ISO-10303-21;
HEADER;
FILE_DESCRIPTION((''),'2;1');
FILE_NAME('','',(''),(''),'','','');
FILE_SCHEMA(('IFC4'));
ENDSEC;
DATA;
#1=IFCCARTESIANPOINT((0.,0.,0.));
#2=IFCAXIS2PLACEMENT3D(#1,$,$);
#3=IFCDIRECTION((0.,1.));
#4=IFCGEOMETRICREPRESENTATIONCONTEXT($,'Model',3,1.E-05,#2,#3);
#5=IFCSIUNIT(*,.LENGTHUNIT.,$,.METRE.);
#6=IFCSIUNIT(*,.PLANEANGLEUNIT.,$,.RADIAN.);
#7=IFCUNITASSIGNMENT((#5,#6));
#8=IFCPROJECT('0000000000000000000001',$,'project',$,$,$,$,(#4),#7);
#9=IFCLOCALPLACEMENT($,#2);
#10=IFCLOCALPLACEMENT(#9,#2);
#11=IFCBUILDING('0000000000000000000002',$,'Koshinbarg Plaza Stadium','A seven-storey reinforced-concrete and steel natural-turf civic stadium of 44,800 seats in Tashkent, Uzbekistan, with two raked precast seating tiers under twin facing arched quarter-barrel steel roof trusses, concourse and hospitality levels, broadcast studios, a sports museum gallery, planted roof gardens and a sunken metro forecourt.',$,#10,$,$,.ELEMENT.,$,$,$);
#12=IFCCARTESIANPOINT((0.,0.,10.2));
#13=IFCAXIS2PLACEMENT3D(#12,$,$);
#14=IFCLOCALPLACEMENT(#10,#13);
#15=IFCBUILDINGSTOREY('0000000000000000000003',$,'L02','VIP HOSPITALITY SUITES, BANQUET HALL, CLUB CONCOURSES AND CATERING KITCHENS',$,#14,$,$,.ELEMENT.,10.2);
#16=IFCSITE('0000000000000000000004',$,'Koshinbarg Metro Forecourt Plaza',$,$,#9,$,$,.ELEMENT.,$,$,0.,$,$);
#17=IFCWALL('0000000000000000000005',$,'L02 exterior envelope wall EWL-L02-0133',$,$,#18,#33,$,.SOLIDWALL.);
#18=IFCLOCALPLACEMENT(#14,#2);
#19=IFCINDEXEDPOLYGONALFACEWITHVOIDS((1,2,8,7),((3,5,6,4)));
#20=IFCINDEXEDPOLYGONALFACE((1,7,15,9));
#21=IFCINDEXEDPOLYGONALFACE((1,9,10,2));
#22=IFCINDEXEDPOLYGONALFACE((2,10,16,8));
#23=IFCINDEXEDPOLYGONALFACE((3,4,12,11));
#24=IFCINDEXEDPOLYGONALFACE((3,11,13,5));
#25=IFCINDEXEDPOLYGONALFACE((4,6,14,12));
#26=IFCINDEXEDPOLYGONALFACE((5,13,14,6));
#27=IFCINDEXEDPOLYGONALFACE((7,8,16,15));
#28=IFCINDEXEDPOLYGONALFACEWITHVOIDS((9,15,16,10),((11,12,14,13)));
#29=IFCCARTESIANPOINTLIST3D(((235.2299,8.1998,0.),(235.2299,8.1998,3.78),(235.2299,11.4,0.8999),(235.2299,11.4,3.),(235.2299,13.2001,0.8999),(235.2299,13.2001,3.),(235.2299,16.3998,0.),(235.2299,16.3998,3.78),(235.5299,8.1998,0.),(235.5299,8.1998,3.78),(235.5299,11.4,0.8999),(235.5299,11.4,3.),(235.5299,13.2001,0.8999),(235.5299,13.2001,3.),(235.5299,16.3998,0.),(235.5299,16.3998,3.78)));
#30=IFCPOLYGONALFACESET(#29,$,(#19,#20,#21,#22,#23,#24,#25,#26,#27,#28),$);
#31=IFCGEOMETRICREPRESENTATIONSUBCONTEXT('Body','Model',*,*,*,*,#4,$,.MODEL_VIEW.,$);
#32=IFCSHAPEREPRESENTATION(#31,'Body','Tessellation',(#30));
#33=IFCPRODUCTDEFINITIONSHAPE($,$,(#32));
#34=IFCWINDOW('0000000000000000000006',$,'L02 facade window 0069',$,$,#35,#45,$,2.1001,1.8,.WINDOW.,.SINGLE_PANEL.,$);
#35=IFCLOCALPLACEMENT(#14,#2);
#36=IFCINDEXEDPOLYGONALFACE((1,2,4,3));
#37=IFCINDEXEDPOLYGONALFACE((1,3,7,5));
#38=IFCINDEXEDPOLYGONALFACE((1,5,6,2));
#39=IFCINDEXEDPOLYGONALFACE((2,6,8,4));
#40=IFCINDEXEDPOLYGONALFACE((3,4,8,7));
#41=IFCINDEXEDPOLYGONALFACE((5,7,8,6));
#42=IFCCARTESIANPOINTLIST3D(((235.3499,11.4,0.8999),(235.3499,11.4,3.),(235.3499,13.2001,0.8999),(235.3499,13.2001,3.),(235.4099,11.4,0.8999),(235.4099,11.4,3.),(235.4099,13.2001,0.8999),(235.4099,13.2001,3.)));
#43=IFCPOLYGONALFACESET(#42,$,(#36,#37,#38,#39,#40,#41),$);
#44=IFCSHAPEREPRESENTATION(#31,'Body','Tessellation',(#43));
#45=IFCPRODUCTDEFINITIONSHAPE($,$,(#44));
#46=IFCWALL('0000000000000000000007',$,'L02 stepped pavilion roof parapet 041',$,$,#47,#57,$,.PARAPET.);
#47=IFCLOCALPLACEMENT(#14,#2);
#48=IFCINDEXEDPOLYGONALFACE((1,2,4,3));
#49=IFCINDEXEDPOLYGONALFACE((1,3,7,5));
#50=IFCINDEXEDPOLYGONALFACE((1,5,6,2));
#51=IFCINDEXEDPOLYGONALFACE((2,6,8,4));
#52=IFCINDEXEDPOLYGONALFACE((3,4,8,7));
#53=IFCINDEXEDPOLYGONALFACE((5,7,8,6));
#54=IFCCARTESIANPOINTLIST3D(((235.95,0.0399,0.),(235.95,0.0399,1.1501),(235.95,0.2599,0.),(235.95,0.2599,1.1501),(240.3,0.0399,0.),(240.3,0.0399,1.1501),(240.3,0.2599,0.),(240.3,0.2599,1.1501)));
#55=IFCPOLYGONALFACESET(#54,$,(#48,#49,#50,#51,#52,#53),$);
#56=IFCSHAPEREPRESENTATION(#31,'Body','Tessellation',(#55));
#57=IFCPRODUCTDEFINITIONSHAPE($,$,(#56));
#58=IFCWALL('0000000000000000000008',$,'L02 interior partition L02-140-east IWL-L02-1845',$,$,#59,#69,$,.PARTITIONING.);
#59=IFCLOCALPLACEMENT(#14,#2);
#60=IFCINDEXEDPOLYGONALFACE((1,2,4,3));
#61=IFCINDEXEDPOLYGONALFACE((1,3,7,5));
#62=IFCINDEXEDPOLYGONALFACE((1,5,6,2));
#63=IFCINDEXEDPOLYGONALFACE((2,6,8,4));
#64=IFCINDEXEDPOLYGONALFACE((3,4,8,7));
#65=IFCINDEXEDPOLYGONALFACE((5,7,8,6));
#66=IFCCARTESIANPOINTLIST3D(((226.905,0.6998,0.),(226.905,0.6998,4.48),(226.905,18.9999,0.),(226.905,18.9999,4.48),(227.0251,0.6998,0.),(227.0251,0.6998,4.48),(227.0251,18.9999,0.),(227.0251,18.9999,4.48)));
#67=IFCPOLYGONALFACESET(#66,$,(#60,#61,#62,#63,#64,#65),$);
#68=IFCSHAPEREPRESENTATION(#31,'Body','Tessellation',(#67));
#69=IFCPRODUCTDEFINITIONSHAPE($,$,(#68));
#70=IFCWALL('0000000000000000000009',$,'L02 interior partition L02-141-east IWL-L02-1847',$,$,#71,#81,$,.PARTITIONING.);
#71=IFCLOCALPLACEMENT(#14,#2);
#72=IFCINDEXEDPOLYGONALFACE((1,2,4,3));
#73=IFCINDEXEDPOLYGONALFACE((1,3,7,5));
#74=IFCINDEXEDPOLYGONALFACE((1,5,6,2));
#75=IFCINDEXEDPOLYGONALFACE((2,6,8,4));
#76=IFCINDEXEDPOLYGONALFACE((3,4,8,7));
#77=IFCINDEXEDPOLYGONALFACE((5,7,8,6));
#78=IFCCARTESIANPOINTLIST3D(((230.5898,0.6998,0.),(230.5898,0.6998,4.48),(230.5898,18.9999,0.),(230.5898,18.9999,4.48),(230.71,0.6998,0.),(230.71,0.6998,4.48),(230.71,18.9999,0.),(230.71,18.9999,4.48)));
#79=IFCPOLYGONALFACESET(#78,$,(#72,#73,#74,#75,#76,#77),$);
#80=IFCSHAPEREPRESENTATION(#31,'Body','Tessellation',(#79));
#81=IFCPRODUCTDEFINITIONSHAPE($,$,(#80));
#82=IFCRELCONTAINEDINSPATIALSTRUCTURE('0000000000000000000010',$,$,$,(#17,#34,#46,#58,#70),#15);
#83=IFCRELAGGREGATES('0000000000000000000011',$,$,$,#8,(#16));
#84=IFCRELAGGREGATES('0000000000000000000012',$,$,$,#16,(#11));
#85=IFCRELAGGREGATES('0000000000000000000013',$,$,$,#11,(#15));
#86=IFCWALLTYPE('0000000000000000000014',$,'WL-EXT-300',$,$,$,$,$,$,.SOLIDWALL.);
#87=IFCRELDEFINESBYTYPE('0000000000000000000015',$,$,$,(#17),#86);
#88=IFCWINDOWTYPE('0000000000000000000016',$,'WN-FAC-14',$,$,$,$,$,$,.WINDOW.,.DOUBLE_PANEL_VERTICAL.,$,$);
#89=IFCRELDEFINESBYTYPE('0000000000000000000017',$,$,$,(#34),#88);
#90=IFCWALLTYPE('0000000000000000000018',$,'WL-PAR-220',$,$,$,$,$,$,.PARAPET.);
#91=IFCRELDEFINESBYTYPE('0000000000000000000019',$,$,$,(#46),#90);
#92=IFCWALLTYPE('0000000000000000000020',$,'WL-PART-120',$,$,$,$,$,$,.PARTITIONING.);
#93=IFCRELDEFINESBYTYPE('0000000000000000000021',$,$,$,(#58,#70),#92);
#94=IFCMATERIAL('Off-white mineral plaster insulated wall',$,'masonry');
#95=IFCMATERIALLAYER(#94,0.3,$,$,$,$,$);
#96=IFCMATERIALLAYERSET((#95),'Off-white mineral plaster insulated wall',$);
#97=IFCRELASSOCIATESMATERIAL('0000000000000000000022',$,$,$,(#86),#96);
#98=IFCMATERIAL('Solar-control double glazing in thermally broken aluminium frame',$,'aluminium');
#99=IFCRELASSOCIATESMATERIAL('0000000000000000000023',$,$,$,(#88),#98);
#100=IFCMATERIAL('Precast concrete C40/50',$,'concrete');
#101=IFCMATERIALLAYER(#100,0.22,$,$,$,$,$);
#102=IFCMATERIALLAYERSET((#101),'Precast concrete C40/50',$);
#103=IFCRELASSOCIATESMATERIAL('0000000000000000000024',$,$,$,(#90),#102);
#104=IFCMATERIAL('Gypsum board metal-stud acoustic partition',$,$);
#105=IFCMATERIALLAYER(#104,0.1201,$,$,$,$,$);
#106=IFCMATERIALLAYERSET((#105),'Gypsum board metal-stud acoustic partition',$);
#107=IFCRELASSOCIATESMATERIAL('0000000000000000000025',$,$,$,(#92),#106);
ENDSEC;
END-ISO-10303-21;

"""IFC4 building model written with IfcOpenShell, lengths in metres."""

from ifc_helpers import new_model, si_unit, direction, frame, frame_2d, origin, place, context, subcontext, project, spatial, rectangle, extrude, material, layer, layer_set, type_object, element, fill, save


model = new_model("IFC4")

# Units and contexts
model_context = context("Model", 3, precision=1e-05, world=origin(), true_north=direction((0.0, 1.0)))
body_context = subcontext(model_context, "Body", "Model", "MODEL_VIEW")
ifc_project = project(units=[si_unit("LENGTHUNIT", "METRE"), si_unit("PLANEANGLEUNIT", "RADIAN")], contexts=[model_context])

# Site, building, storey
site_placement = place(None, origin())
site = spatial("IfcSite", under=ifc_project, at=site_placement, Name="Koshinbarg Metro Forecourt Plaza", CompositionType="ELEMENT", RefElevation=0.0)
building_placement = place(site_placement, origin())
building = spatial("IfcBuilding", under=site, at=building_placement, Name="Koshinbarg Plaza Stadium", Description="A seven-storey reinforced-concrete and steel natural-turf civic stadium of 44,800 seats in Tashkent, Uzbekistan, with two raked precast seating tiers under twin facing arched quarter-barrel steel roof trusses, concourse and hospitality levels, broadcast studios, a sports museum gallery, planted roof gardens and a sunken metro forecourt.", CompositionType="ELEMENT")
storey_placement = place(building_placement, frame((0.0, 0.0, 10.2)))
storey = spatial("IfcBuildingStorey", under=building, at=storey_placement, Name="L02", Description="VIP HOSPITALITY SUITES, BANQUET HALL, CLUB CONCOURSES AND CATERING KITCHENS", CompositionType="ELEMENT", Elevation=10.2)

# Wall, opening, window
ifc_material_1 = material(Name="Off-white mineral plaster insulated wall", Category="masonry")
ifc_layer_1 = layer(ifc_material_1, 0.3)
ifc_layer_set_1 = layer_set([ifc_layer_1], Name="Off-white mineral plaster insulated wall")
wall_type_1 = type_object("IfcWallType", Name="WL-EXT-300", PredefinedType="SOLIDWALL", material=ifc_layer_set_1)
wall_1_placement = place(storey_placement, frame((235.3799, 16.3999, 0.0), z_axis=(0.0, 0.0, 1.0), x_axis=(0.0, -1.0, 0.0)))
wall_1 = element("IfcWall", 1, at=wall_1_placement, inside=storey, type_object=wall_type_1, Name="L02 exterior envelope wall EWL-L02-0133", PredefinedType="SOLIDWALL", context=body_context, shape_type="SweptSolid", body=[
    extrude(rectangle(XDim=8.2, YDim=0.3, at=frame_2d((4.1001, 0.0))), origin(), (0.0, 0.0, 1.0), 3.78),
])
opening_placement = place(wall_1_placement, frame((3.2, 0.0, 0.8999)))
opening = element("IfcOpeningElement", 2, at=opening_placement, cuts=wall_1, PredefinedType="OPENING", context=body_context, shape_type="SweptSolid", body=[
    extrude(rectangle(XDim=1.8, YDim=2.1001, at=frame_2d((0.8999, 1.05))), frame((0.0, 0.1599, 0.0), z_axis=(0.0, -1.0, 0.0), x_axis=(1.0, 0.0, 0.0)), (0.0, 0.0, 1.0), 0.3201),
])
ifc_material_2 = material(Name="Solar-control double glazing in thermally broken aluminium frame", Category="aluminium")
window_type = type_object("IfcWindowType", Name="WN-FAC-14", PartitioningType="DOUBLE_PANEL_VERTICAL", PredefinedType="WINDOW", material=ifc_material_2)
window_placement = place(opening_placement, origin())
window = element("IfcWindow", 3, at=window_placement, inside=storey, type_object=window_type, Name="L02 facade window 0069", OverallHeight=2.1001, OverallWidth=1.8, PartitioningType="SINGLE_PANEL", PredefinedType="WINDOW", context=body_context, shape_type="SweptSolid", body=[
    extrude(rectangle(XDim=1.8, YDim=2.1001, at=frame_2d((0.8999, 1.05))), frame((0.0, 0.03, 0.0), z_axis=(0.0, -1.0, 0.0), x_axis=(1.0, 0.0, 0.0)), (0.0, 0.0, 1.0), 0.0601),
])
fill(opening, window)

# Walls
ifc_material_3 = material(Name="Precast concrete C40/50", Category="concrete")
ifc_layer_2 = layer(ifc_material_3, 0.22)
ifc_layer_set_2 = layer_set([ifc_layer_2], Name="Precast concrete C40/50")
wall_type_2 = type_object("IfcWallType", Name="WL-PAR-220", PredefinedType="PARAPET", material=ifc_layer_set_2)
wall_2_placement = place(storey_placement, frame((240.3, 0.1499, 0.0), z_axis=(0.0, 0.0, 1.0), x_axis=(-1.0, 0.0, 0.0)))
element("IfcWall", 4, at=wall_2_placement, inside=storey, type_object=wall_type_2, Name="L02 stepped pavilion roof parapet 041", PredefinedType="PARAPET", context=body_context, shape_type="SweptSolid", body=[
    extrude(rectangle(XDim=4.3501, YDim=0.22, at=frame_2d((2.175, 0.0))), origin(), (0.0, 0.0, 1.0), 1.1501),
])
ifc_material_4 = material(Name="Gypsum board metal-stud acoustic partition")
ifc_layer_3 = layer(ifc_material_4, 0.1201)
ifc_layer_set_3 = layer_set([ifc_layer_3], Name="Gypsum board metal-stud acoustic partition")
wall_type_3 = type_object("IfcWallType", Name="WL-PART-120", PredefinedType="PARTITIONING", material=ifc_layer_set_3)
for number, where, z_axis, x_axis, name in (
    (5, (226.9651, 0.7, 0.0), (0.0, 0.0, 1.0), (0.0, 1.0, 0.0), "L02 interior partition L02-140-east IWL-L02-1845"),
    (6, (230.6499, 0.7, 0.0), (0.0, 0.0, 1.0), (0.0, 1.0, 0.0), "L02 interior partition L02-141-east IWL-L02-1847"),
):
    element("IfcWall", number, at=place(storey_placement, frame(where, z_axis=z_axis, x_axis=x_axis)), inside=storey, type_object=wall_type_3, Name=name, PredefinedType="PARTITIONING", context=body_context, shape_type="SweptSolid", body=[
        extrude(rectangle(XDim=18.3, YDim=0.1201, at=frame_2d((9.1499, 0.0))), origin(), (0.0, 0.0, 1.0), 4.48),
    ])

save(model, "model.ifc")
